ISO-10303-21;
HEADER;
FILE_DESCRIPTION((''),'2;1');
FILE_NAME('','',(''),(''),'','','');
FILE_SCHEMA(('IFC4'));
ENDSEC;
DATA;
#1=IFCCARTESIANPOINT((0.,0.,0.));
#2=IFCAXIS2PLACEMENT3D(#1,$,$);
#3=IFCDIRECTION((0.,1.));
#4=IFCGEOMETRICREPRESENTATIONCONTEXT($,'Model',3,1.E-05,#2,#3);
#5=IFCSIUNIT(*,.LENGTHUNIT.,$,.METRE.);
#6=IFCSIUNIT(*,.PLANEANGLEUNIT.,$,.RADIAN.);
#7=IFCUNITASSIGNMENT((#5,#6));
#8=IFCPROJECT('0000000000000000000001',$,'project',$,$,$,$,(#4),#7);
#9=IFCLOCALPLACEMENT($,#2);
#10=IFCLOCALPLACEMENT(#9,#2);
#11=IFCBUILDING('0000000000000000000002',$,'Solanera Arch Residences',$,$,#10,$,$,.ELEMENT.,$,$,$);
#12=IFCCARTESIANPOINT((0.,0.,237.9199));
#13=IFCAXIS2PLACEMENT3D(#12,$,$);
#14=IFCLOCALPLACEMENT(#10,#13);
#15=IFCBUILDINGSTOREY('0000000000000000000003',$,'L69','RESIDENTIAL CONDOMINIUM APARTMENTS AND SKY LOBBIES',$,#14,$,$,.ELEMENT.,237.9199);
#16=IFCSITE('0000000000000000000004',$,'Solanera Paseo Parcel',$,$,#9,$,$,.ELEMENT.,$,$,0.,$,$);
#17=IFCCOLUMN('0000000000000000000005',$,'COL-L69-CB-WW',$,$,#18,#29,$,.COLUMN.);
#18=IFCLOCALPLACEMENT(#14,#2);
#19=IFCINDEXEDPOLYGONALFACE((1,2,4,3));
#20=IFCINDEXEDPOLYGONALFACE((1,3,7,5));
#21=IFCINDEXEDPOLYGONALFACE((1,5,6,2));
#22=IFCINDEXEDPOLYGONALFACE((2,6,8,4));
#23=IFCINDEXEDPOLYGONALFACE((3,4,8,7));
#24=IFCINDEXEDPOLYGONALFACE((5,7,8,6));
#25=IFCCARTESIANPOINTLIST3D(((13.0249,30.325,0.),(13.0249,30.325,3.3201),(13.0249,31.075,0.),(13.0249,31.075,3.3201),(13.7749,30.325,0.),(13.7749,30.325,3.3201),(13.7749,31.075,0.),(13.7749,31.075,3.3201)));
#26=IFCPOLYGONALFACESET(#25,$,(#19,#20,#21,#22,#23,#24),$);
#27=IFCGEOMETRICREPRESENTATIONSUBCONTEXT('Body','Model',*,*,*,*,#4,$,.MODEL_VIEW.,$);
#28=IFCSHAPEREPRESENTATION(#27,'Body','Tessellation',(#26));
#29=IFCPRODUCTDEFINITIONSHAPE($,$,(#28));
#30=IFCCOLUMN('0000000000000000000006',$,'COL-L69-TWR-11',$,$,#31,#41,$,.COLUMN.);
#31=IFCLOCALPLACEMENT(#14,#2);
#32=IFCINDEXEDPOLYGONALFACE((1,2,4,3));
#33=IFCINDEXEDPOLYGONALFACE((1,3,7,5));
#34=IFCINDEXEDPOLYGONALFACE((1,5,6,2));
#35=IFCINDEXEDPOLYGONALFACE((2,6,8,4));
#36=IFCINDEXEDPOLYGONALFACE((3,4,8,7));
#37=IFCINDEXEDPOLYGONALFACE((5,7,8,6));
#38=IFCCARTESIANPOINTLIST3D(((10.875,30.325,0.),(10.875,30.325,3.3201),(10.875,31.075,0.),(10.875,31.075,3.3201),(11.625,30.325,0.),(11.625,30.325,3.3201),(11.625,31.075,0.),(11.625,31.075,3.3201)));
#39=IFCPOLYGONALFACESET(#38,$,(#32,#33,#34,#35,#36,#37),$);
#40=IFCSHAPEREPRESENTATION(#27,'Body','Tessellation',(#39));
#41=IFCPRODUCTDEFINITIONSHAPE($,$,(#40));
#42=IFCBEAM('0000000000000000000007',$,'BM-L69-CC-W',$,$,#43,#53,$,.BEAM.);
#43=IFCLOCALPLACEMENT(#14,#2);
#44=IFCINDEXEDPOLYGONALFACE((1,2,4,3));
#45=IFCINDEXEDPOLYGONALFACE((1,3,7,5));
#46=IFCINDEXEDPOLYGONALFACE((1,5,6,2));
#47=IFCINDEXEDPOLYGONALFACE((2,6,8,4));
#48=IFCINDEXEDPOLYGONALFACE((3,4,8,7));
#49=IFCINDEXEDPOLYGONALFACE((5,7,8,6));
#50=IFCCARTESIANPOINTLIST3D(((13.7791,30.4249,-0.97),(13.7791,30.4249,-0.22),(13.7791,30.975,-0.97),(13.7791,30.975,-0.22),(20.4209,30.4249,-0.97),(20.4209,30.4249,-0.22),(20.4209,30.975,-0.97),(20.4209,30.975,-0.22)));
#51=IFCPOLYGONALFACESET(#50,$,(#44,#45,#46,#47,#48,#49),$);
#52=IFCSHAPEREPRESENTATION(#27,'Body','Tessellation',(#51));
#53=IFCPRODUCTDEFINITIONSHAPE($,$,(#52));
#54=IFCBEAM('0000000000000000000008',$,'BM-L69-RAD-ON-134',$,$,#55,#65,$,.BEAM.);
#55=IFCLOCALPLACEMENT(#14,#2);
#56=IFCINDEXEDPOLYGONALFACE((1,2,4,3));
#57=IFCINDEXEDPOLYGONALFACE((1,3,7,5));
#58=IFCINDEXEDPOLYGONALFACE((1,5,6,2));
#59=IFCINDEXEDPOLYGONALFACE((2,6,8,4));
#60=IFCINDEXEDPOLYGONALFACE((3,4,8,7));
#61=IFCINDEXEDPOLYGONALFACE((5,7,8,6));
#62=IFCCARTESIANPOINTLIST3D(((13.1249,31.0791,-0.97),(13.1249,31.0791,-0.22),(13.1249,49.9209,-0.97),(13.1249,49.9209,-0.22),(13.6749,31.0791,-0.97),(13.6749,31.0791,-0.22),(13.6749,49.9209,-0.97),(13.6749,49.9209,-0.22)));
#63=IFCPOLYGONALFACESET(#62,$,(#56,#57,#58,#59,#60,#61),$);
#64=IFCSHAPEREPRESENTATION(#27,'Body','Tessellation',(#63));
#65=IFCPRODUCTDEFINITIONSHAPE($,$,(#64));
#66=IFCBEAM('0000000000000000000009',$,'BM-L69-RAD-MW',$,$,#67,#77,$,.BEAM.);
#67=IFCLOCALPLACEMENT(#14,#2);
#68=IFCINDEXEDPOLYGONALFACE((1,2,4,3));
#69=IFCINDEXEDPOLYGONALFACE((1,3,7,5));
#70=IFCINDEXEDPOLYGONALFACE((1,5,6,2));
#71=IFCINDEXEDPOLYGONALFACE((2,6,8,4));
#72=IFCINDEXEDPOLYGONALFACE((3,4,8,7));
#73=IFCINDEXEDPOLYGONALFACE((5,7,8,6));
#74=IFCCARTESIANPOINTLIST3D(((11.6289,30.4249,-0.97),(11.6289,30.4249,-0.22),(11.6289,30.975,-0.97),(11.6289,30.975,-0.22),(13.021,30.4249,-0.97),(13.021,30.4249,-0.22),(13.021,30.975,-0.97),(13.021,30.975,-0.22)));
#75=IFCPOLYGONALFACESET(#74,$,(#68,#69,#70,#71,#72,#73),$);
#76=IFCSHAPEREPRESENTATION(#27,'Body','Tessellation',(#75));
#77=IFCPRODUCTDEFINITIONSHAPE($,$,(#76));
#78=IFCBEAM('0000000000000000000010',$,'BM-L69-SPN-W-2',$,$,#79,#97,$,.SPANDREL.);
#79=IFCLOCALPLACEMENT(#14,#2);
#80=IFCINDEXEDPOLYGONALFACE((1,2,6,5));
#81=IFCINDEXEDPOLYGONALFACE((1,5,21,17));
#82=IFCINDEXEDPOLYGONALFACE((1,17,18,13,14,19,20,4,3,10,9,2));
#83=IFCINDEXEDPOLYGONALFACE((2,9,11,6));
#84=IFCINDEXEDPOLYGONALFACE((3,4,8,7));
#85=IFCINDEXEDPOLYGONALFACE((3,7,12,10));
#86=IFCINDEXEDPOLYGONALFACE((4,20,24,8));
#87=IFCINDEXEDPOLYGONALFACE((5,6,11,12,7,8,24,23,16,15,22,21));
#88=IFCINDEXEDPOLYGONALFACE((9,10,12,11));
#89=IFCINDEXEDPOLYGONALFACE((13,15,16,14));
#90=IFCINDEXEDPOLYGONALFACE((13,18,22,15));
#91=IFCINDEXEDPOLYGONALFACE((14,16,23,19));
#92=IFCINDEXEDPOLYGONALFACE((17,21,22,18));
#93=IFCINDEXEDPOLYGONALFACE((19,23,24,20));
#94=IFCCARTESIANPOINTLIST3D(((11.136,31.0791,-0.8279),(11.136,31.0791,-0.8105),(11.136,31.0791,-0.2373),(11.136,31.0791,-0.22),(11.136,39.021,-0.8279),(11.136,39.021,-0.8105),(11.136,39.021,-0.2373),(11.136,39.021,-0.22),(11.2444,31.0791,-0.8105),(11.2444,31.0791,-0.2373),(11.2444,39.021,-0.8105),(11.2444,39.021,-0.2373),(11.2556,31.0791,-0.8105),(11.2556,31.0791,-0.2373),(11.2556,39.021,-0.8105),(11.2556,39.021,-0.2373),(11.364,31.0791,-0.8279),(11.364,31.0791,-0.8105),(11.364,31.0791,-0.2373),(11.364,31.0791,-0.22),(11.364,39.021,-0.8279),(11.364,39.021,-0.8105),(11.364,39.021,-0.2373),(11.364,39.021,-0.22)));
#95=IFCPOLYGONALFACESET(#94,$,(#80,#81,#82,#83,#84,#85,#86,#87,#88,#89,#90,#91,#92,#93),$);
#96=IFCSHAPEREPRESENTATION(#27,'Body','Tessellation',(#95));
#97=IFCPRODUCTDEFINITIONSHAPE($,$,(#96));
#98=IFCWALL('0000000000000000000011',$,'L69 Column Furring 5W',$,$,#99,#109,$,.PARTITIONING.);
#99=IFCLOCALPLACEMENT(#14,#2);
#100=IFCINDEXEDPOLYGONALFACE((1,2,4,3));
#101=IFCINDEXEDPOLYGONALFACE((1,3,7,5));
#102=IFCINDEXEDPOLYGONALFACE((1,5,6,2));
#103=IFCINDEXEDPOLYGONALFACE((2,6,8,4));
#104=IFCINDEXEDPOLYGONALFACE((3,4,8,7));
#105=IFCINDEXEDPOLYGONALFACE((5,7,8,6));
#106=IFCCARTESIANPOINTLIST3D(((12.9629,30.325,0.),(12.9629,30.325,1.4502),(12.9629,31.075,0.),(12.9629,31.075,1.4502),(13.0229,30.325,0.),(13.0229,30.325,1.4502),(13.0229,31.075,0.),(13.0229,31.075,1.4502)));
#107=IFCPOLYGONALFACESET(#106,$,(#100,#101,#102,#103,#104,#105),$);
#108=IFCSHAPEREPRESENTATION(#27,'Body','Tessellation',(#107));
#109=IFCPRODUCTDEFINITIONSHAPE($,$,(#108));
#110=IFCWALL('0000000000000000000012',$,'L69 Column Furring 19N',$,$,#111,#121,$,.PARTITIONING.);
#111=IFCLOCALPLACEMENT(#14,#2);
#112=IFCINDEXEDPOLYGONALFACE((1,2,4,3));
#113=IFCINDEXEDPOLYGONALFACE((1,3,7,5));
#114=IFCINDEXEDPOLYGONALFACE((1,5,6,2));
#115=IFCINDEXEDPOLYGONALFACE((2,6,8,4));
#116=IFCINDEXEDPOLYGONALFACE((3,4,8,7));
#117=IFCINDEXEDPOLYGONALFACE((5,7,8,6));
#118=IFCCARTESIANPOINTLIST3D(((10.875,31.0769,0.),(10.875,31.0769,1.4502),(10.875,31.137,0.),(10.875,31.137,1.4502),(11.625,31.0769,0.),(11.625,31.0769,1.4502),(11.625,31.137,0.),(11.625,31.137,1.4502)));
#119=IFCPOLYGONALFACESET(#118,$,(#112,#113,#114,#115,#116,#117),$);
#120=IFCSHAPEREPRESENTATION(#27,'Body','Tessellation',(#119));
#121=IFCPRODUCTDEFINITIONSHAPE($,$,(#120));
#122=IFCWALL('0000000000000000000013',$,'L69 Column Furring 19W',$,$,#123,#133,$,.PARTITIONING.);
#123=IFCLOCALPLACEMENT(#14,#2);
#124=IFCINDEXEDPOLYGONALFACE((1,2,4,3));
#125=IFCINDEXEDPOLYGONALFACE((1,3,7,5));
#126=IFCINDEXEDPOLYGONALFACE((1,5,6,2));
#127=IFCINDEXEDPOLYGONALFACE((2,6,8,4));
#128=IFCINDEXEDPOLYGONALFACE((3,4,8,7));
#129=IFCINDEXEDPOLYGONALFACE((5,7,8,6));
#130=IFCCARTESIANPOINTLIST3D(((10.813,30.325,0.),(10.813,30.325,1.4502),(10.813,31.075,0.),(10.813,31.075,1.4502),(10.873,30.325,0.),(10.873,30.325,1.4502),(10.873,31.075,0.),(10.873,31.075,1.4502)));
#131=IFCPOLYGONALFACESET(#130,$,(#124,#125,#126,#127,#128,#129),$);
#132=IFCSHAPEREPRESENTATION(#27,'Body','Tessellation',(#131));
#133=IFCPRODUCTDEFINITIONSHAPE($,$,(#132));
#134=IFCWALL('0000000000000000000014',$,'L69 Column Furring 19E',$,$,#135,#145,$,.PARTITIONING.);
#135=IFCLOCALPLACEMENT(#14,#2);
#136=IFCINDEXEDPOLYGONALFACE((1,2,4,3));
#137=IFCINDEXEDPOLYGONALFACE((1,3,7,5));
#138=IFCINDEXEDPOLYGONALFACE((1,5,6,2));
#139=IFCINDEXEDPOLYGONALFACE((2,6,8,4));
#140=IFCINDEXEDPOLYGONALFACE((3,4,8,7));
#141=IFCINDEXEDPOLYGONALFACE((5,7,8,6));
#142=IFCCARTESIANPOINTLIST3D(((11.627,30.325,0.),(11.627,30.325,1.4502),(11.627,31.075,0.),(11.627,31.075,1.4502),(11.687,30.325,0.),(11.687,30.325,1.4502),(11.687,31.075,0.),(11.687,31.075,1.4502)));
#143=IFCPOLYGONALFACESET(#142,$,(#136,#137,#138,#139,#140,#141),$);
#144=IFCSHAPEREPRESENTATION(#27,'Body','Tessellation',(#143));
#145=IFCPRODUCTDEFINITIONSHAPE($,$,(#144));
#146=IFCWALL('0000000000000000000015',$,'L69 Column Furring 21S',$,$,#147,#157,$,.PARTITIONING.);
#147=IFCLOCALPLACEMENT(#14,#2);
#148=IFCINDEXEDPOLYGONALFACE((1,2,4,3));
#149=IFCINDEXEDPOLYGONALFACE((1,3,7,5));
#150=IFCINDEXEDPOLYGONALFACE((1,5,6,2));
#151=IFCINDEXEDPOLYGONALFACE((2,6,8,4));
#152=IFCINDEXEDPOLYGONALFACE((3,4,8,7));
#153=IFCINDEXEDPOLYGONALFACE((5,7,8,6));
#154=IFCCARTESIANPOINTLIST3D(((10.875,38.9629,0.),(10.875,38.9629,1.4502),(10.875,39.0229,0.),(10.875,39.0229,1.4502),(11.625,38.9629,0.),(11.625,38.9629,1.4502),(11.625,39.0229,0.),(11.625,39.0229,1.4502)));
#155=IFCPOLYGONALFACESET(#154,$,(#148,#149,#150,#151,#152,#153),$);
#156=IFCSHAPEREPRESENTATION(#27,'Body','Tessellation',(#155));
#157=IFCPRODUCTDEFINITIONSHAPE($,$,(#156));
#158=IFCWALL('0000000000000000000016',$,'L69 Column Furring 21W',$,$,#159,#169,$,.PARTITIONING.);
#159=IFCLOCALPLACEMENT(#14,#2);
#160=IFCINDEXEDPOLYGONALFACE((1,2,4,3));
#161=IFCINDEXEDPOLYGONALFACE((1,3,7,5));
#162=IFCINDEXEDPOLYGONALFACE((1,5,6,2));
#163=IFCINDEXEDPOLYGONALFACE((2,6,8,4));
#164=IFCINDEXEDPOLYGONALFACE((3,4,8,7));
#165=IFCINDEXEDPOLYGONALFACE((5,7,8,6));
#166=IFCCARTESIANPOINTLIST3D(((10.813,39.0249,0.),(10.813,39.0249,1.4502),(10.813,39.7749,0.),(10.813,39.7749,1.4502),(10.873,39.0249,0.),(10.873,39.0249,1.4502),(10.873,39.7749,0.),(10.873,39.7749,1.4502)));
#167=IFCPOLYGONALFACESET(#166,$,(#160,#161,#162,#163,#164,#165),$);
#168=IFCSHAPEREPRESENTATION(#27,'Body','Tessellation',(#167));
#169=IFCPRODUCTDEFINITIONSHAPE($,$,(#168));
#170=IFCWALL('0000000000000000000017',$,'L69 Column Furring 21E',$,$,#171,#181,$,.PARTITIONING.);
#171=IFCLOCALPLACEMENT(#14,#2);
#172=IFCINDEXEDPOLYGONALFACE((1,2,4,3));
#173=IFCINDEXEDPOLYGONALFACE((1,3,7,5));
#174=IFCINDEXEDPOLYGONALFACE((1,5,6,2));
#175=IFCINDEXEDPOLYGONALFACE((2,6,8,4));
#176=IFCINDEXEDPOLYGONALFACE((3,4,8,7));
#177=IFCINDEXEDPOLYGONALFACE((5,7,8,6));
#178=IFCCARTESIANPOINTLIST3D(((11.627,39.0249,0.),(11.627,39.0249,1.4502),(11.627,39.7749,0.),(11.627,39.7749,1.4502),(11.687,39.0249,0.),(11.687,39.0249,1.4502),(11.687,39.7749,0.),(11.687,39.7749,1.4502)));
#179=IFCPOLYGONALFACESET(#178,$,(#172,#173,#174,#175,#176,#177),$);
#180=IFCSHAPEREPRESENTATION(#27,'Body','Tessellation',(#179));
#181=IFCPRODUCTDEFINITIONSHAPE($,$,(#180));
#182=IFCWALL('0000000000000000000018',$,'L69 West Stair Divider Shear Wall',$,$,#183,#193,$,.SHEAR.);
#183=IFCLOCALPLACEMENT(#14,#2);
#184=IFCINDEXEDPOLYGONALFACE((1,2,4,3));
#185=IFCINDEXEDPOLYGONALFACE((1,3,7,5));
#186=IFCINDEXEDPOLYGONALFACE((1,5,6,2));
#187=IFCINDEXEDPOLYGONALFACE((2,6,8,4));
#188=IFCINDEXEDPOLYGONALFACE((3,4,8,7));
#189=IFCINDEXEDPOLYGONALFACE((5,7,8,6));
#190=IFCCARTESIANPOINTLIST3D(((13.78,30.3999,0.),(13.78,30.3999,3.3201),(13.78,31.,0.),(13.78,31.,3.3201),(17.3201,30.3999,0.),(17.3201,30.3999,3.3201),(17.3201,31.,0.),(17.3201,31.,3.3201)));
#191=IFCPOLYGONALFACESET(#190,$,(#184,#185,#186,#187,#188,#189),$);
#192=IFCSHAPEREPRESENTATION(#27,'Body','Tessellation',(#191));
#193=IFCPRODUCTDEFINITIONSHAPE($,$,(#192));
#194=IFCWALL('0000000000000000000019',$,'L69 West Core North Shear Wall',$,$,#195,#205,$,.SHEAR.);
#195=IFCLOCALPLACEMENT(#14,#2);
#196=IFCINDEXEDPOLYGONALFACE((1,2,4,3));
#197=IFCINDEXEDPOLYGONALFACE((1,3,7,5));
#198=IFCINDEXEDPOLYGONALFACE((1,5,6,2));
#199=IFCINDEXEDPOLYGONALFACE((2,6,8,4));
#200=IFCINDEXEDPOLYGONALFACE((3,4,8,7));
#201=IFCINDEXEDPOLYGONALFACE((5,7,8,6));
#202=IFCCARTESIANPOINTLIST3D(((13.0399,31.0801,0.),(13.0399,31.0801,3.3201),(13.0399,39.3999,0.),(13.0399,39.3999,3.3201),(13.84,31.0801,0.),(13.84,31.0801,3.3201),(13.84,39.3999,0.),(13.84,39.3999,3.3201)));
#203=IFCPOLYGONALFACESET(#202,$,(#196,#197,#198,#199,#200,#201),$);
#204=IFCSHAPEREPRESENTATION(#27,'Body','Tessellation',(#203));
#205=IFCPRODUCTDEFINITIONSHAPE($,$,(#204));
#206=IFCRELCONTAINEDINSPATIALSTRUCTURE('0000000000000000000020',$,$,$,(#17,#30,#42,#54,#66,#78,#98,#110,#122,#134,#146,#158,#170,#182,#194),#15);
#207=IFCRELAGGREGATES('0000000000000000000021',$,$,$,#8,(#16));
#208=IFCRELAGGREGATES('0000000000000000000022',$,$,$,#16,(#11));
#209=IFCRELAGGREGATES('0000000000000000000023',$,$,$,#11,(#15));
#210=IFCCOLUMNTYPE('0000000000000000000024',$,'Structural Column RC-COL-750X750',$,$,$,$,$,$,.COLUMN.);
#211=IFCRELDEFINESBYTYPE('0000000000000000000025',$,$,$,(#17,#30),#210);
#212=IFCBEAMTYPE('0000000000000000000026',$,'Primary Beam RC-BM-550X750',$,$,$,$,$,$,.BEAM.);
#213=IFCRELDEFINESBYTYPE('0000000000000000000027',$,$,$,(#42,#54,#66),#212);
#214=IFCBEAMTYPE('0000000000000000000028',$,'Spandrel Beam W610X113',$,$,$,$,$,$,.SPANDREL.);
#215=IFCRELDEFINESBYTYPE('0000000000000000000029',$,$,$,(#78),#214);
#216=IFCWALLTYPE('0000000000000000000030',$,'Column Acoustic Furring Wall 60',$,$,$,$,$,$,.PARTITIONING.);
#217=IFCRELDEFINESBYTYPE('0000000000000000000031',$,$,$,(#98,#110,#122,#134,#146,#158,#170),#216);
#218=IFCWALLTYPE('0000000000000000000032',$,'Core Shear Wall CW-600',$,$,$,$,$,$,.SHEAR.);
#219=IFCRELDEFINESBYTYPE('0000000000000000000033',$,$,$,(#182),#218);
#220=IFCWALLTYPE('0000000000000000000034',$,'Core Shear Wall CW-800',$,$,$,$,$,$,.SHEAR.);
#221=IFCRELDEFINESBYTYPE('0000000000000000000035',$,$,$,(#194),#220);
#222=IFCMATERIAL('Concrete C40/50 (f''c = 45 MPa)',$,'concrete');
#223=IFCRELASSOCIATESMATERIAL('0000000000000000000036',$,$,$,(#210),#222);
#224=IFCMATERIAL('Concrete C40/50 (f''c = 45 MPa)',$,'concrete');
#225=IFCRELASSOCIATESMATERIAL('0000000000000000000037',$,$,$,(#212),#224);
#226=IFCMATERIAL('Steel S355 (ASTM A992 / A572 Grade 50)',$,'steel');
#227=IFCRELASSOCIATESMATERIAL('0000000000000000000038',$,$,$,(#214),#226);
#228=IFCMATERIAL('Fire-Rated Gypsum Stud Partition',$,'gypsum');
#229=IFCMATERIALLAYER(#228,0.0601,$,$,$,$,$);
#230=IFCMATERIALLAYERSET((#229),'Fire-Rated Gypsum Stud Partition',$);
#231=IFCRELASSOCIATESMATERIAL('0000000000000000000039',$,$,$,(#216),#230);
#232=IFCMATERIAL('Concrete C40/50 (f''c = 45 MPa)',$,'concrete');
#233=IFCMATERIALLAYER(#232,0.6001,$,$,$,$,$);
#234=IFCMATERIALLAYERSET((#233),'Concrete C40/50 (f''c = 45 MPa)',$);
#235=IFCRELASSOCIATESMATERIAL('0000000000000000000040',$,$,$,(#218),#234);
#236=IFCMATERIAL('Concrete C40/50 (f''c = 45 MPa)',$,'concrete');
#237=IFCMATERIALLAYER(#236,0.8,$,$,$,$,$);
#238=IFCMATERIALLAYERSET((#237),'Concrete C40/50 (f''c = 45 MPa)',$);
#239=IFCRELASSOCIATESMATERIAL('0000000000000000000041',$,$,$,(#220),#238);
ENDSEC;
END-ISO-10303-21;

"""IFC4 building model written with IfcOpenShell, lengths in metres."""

from ifc_helpers import new_model, si_unit, direction, frame, frame_2d, origin, origin_2d, place, context, subcontext, project, spatial, rectangle, i_section, extrude, material, layer, layer_set, material_profile, profile_set, type_object, element, save


model = new_model("IFC4")

# Units and contexts
model_context = context("Model", 3, precision=1e-05, world=origin(), true_north=direction((0.0, 1.0)))
body_context = subcontext(model_context, "Body", "Model", "MODEL_VIEW")
ifc_project = project(units=[si_unit("LENGTHUNIT", "METRE"), si_unit("PLANEANGLEUNIT", "RADIAN")], contexts=[model_context])

# Site, building, storey
site_placement = place(None, origin())
site = spatial("IfcSite", under=ifc_project, at=site_placement, Name="Solanera Paseo Parcel", CompositionType="ELEMENT", RefElevation=0.0)
building_placement = place(site_placement, origin())
building = spatial("IfcBuilding", under=site, at=building_placement, Name="Solanera Arch Residences", CompositionType="ELEMENT")
storey_placement = place(building_placement, frame((0.0, 0.0, 237.9199)))
storey = spatial("IfcBuildingStorey", under=building, at=storey_placement, Name="L69", Description="RESIDENTIAL CONDOMINIUM APARTMENTS AND SKY LOBBIES", CompositionType="ELEMENT", Elevation=237.9199)

# Columns
ifc_material_1 = material(Name="Concrete C40/50 (f'c = 45 MPa)", Category="concrete")
ifc_material_profile_1 = material_profile(ifc_material_1, rectangle(XDim=0.75, YDim=0.75, at=origin_2d()))
ifc_profile_set_1 = profile_set([ifc_material_profile_1], Name="Concrete C40/50 (f'c = 45 MPa)")
column_type = type_object("IfcColumnType", Name="Structural Column RC-COL-750X750", PredefinedType="COLUMN", material=ifc_profile_set_1)
for number, where, z_axis, x_axis, name in (
    (1, (13.3999, 30.7, 0.0), (0.0, 0.0, 1.0), (1.0, 0.0, 0.0), "COL-L69-CB-WW"),
    (2, (11.25, 30.7, 0.0), (0.0, 0.0, 1.0), (1.0, 0.0, 0.0), "COL-L69-TWR-11"),
):
    element("IfcColumn", number, at=place(storey_placement, frame(where, z_axis=z_axis, x_axis=x_axis)), inside=storey, type_object=column_type, Name=name, PredefinedType="COLUMN", context=body_context, shape_type="SweptSolid", body=[
        extrude(rectangle(XDim=0.75, YDim=0.75, at=origin_2d()), origin(), (0.0, 0.0, 1.0), 3.3201),
    ])

# Beams
ifc_material_2 = material(Name="Concrete C40/50 (f'c = 45 MPa)", Category="concrete")
ifc_material_profile_2 = material_profile(ifc_material_2, rectangle(XDim=0.55, YDim=0.75, at=origin_2d()))
ifc_profile_set_2 = profile_set([ifc_material_profile_2], Name="Concrete C40/50 (f'c = 45 MPa)")
beam_type_1 = type_object("IfcBeamType", Name="Primary Beam RC-BM-550X750", PredefinedType="BEAM", material=ifc_profile_set_2)
beam_1_placement = place(storey_placement, frame((13.7791, 30.7, -0.595), z_axis=(1.0, 0.0, 0.0), x_axis=(0.0, 1.0, 0.0)))
element("IfcBeam", 3, at=beam_1_placement, inside=storey, type_object=beam_type_1, Name="BM-L69-CC-W", PredefinedType="BEAM", context=body_context, shape_type="SweptSolid", body=[
    extrude(rectangle(XDim=0.55, YDim=0.75, at=origin_2d()), origin(), (0.0, 0.0, 1.0), 6.6418),
])
beam_2_placement = place(storey_placement, frame((13.3999, 31.0791, -0.595), z_axis=(0.0, 1.0, 0.0), x_axis=(-1.0, 0.0, 0.0)))
element("IfcBeam", 4, at=beam_2_placement, inside=storey, type_object=beam_type_1, Name="BM-L69-RAD-ON-134", PredefinedType="BEAM", context=body_context, shape_type="SweptSolid", body=[
    extrude(rectangle(XDim=0.55, YDim=0.75, at=origin_2d()), origin(), (0.0, 0.0, 1.0), 18.8418),
])
beam_3_placement = place(storey_placement, frame((11.6289, 30.7, -0.595), z_axis=(1.0, 0.0, 0.0), x_axis=(0.0, 1.0, 0.0)))
element("IfcBeam", 5, at=beam_3_placement, inside=storey, type_object=beam_type_1, Name="BM-L69-RAD-MW", PredefinedType="BEAM", context=body_context, shape_type="SweptSolid", body=[
    extrude(rectangle(XDim=0.55, YDim=0.75, at=origin_2d()), origin(), (0.0, 0.0, 1.0), 1.3921),
])
ifc_material_3 = material(Name="Steel S355 (ASTM A992 / A572 Grade 50)", Category="steel")
ifc_material_profile_3 = material_profile(ifc_material_3, i_section(OverallWidth=0.228, OverallDepth=0.6079, WebThickness=0.0112, FlangeThickness=0.0173, at=origin_2d()))
ifc_profile_set_3 = profile_set([ifc_material_profile_3], Name="Steel S355 (ASTM A992 / A572 Grade 50)")
beam_type_2 = type_object("IfcBeamType", Name="Spandrel Beam W610X113", PredefinedType="SPANDREL", material=ifc_profile_set_3)
beam_4_placement = place(storey_placement, frame((11.25, 31.0791, -0.5239), z_axis=(0.0, 1.0, 0.0), x_axis=(-1.0, 0.0, 0.0)))
element("IfcBeam", 6, at=beam_4_placement, inside=storey, type_object=beam_type_2, Name="BM-L69-SPN-W-2", PredefinedType="SPANDREL", context=body_context, shape_type="SweptSolid", body=[
    extrude(i_section(OverallWidth=0.228, OverallDepth=0.6079, WebThickness=0.0112, FlangeThickness=0.0173, at=origin_2d()), origin(), (0.0, 0.0, 1.0), 7.9419),
])

# Walls
ifc_material_4 = material(Name="Fire-Rated Gypsum Stud Partition", Category="gypsum")
ifc_layer_1 = layer(ifc_material_4, 0.0601)
ifc_layer_set_1 = layer_set([ifc_layer_1], Name="Fire-Rated Gypsum Stud Partition")
wall_type_1 = type_object("IfcWallType", Name="Column Acoustic Furring Wall 60", PredefinedType="PARTITIONING", material=ifc_layer_set_1)
for number, where, z_axis, x_axis, name in (
    (7, (12.9929, 30.325, 0.0), (0.0, 0.0, 1.0), (0.0, 1.0, 0.0), "L69 Column Furring 5W"),
    (8, (10.875, 31.1069, 0.0), (0.0, 0.0, 1.0), (1.0, 0.0, 0.0), "L69 Column Furring 19N"),
    (9, (10.843, 30.325, 0.0), (0.0, 0.0, 1.0), (0.0, 1.0, 0.0), "L69 Column Furring 19W"),
    (10, (11.657, 30.325, 0.0), (0.0, 0.0, 1.0), (0.0, 1.0, 0.0), "L69 Column Furring 19E"),
    (11, (10.875, 38.9929, 0.0), (0.0, 0.0, 1.0), (1.0, 0.0, 0.0), "L69 Column Furring 21S"),
    (12, (10.843, 39.0249, 0.0), (0.0, 0.0, 1.0), (0.0, 1.0, 0.0), "L69 Column Furring 21W"),
    (13, (11.657, 39.0249, 0.0), (0.0, 0.0, 1.0), (0.0, 1.0, 0.0), "L69 Column Furring 21E"),
):
    element("IfcWall", number, at=place(storey_placement, frame(where, z_axis=z_axis, x_axis=x_axis)), inside=storey, type_object=wall_type_1, Name=name, PredefinedType="PARTITIONING", context=body_context, shape_type="SweptSolid", body=[
        extrude(rectangle(XDim=0.75, YDim=0.0601, at=frame_2d((0.375, 0.0))), origin(), (0.0, 0.0, 1.0), 1.4502),
    ])
ifc_material_5 = material(Name="Concrete C40/50 (f'c = 45 MPa)", Category="concrete")
ifc_layer_2 = layer(ifc_material_5, 0.6001)
ifc_layer_set_2 = layer_set([ifc_layer_2], Name="Concrete C40/50 (f'c = 45 MPa)")
wall_type_2 = type_object("IfcWallType", Name="Core Shear Wall CW-600", PredefinedType="SHEAR", material=ifc_layer_set_2)
wall_1_placement = place(storey_placement, frame((13.78, 30.7, 0.0), z_axis=(0.0, 0.0, 1.0), x_axis=(1.0, 0.0, 0.0)))
element("IfcWall", 14, at=wall_1_placement, inside=storey, type_object=wall_type_2, Name="L69 West Stair Divider Shear Wall", PredefinedType="SHEAR", context=body_context, shape_type="SweptSolid", body=[
    extrude(rectangle(XDim=3.54, YDim=0.6001, at=frame_2d((1.77, 0.0))), origin(), (0.0, 0.0, 1.0), 3.3201),
])
ifc_material_6 = material(Name="Concrete C40/50 (f'c = 45 MPa)", Category="concrete")
ifc_layer_3 = layer(ifc_material_6, 0.8)
ifc_layer_set_3 = layer_set([ifc_layer_3], Name="Concrete C40/50 (f'c = 45 MPa)")
wall_type_3 = type_object("IfcWallType", Name="Core Shear Wall CW-800", PredefinedType="SHEAR", material=ifc_layer_set_3)
wall_2_placement = place(storey_placement, frame((13.4399, 31.0801, 0.0), z_axis=(0.0, 0.0, 1.0), x_axis=(0.0, 1.0, 0.0)))
element("IfcWall", 15, at=wall_2_placement, inside=storey, type_object=wall_type_3, Name="L69 West Core North Shear Wall", PredefinedType="SHEAR", context=body_context, shape_type="SweptSolid", body=[
    extrude(rectangle(XDim=8.3198, YDim=0.8, at=frame_2d((4.1599, 0.0))), origin(), (0.0, 0.0, 1.0), 3.3201),
])

save(model, "model.ifc")
